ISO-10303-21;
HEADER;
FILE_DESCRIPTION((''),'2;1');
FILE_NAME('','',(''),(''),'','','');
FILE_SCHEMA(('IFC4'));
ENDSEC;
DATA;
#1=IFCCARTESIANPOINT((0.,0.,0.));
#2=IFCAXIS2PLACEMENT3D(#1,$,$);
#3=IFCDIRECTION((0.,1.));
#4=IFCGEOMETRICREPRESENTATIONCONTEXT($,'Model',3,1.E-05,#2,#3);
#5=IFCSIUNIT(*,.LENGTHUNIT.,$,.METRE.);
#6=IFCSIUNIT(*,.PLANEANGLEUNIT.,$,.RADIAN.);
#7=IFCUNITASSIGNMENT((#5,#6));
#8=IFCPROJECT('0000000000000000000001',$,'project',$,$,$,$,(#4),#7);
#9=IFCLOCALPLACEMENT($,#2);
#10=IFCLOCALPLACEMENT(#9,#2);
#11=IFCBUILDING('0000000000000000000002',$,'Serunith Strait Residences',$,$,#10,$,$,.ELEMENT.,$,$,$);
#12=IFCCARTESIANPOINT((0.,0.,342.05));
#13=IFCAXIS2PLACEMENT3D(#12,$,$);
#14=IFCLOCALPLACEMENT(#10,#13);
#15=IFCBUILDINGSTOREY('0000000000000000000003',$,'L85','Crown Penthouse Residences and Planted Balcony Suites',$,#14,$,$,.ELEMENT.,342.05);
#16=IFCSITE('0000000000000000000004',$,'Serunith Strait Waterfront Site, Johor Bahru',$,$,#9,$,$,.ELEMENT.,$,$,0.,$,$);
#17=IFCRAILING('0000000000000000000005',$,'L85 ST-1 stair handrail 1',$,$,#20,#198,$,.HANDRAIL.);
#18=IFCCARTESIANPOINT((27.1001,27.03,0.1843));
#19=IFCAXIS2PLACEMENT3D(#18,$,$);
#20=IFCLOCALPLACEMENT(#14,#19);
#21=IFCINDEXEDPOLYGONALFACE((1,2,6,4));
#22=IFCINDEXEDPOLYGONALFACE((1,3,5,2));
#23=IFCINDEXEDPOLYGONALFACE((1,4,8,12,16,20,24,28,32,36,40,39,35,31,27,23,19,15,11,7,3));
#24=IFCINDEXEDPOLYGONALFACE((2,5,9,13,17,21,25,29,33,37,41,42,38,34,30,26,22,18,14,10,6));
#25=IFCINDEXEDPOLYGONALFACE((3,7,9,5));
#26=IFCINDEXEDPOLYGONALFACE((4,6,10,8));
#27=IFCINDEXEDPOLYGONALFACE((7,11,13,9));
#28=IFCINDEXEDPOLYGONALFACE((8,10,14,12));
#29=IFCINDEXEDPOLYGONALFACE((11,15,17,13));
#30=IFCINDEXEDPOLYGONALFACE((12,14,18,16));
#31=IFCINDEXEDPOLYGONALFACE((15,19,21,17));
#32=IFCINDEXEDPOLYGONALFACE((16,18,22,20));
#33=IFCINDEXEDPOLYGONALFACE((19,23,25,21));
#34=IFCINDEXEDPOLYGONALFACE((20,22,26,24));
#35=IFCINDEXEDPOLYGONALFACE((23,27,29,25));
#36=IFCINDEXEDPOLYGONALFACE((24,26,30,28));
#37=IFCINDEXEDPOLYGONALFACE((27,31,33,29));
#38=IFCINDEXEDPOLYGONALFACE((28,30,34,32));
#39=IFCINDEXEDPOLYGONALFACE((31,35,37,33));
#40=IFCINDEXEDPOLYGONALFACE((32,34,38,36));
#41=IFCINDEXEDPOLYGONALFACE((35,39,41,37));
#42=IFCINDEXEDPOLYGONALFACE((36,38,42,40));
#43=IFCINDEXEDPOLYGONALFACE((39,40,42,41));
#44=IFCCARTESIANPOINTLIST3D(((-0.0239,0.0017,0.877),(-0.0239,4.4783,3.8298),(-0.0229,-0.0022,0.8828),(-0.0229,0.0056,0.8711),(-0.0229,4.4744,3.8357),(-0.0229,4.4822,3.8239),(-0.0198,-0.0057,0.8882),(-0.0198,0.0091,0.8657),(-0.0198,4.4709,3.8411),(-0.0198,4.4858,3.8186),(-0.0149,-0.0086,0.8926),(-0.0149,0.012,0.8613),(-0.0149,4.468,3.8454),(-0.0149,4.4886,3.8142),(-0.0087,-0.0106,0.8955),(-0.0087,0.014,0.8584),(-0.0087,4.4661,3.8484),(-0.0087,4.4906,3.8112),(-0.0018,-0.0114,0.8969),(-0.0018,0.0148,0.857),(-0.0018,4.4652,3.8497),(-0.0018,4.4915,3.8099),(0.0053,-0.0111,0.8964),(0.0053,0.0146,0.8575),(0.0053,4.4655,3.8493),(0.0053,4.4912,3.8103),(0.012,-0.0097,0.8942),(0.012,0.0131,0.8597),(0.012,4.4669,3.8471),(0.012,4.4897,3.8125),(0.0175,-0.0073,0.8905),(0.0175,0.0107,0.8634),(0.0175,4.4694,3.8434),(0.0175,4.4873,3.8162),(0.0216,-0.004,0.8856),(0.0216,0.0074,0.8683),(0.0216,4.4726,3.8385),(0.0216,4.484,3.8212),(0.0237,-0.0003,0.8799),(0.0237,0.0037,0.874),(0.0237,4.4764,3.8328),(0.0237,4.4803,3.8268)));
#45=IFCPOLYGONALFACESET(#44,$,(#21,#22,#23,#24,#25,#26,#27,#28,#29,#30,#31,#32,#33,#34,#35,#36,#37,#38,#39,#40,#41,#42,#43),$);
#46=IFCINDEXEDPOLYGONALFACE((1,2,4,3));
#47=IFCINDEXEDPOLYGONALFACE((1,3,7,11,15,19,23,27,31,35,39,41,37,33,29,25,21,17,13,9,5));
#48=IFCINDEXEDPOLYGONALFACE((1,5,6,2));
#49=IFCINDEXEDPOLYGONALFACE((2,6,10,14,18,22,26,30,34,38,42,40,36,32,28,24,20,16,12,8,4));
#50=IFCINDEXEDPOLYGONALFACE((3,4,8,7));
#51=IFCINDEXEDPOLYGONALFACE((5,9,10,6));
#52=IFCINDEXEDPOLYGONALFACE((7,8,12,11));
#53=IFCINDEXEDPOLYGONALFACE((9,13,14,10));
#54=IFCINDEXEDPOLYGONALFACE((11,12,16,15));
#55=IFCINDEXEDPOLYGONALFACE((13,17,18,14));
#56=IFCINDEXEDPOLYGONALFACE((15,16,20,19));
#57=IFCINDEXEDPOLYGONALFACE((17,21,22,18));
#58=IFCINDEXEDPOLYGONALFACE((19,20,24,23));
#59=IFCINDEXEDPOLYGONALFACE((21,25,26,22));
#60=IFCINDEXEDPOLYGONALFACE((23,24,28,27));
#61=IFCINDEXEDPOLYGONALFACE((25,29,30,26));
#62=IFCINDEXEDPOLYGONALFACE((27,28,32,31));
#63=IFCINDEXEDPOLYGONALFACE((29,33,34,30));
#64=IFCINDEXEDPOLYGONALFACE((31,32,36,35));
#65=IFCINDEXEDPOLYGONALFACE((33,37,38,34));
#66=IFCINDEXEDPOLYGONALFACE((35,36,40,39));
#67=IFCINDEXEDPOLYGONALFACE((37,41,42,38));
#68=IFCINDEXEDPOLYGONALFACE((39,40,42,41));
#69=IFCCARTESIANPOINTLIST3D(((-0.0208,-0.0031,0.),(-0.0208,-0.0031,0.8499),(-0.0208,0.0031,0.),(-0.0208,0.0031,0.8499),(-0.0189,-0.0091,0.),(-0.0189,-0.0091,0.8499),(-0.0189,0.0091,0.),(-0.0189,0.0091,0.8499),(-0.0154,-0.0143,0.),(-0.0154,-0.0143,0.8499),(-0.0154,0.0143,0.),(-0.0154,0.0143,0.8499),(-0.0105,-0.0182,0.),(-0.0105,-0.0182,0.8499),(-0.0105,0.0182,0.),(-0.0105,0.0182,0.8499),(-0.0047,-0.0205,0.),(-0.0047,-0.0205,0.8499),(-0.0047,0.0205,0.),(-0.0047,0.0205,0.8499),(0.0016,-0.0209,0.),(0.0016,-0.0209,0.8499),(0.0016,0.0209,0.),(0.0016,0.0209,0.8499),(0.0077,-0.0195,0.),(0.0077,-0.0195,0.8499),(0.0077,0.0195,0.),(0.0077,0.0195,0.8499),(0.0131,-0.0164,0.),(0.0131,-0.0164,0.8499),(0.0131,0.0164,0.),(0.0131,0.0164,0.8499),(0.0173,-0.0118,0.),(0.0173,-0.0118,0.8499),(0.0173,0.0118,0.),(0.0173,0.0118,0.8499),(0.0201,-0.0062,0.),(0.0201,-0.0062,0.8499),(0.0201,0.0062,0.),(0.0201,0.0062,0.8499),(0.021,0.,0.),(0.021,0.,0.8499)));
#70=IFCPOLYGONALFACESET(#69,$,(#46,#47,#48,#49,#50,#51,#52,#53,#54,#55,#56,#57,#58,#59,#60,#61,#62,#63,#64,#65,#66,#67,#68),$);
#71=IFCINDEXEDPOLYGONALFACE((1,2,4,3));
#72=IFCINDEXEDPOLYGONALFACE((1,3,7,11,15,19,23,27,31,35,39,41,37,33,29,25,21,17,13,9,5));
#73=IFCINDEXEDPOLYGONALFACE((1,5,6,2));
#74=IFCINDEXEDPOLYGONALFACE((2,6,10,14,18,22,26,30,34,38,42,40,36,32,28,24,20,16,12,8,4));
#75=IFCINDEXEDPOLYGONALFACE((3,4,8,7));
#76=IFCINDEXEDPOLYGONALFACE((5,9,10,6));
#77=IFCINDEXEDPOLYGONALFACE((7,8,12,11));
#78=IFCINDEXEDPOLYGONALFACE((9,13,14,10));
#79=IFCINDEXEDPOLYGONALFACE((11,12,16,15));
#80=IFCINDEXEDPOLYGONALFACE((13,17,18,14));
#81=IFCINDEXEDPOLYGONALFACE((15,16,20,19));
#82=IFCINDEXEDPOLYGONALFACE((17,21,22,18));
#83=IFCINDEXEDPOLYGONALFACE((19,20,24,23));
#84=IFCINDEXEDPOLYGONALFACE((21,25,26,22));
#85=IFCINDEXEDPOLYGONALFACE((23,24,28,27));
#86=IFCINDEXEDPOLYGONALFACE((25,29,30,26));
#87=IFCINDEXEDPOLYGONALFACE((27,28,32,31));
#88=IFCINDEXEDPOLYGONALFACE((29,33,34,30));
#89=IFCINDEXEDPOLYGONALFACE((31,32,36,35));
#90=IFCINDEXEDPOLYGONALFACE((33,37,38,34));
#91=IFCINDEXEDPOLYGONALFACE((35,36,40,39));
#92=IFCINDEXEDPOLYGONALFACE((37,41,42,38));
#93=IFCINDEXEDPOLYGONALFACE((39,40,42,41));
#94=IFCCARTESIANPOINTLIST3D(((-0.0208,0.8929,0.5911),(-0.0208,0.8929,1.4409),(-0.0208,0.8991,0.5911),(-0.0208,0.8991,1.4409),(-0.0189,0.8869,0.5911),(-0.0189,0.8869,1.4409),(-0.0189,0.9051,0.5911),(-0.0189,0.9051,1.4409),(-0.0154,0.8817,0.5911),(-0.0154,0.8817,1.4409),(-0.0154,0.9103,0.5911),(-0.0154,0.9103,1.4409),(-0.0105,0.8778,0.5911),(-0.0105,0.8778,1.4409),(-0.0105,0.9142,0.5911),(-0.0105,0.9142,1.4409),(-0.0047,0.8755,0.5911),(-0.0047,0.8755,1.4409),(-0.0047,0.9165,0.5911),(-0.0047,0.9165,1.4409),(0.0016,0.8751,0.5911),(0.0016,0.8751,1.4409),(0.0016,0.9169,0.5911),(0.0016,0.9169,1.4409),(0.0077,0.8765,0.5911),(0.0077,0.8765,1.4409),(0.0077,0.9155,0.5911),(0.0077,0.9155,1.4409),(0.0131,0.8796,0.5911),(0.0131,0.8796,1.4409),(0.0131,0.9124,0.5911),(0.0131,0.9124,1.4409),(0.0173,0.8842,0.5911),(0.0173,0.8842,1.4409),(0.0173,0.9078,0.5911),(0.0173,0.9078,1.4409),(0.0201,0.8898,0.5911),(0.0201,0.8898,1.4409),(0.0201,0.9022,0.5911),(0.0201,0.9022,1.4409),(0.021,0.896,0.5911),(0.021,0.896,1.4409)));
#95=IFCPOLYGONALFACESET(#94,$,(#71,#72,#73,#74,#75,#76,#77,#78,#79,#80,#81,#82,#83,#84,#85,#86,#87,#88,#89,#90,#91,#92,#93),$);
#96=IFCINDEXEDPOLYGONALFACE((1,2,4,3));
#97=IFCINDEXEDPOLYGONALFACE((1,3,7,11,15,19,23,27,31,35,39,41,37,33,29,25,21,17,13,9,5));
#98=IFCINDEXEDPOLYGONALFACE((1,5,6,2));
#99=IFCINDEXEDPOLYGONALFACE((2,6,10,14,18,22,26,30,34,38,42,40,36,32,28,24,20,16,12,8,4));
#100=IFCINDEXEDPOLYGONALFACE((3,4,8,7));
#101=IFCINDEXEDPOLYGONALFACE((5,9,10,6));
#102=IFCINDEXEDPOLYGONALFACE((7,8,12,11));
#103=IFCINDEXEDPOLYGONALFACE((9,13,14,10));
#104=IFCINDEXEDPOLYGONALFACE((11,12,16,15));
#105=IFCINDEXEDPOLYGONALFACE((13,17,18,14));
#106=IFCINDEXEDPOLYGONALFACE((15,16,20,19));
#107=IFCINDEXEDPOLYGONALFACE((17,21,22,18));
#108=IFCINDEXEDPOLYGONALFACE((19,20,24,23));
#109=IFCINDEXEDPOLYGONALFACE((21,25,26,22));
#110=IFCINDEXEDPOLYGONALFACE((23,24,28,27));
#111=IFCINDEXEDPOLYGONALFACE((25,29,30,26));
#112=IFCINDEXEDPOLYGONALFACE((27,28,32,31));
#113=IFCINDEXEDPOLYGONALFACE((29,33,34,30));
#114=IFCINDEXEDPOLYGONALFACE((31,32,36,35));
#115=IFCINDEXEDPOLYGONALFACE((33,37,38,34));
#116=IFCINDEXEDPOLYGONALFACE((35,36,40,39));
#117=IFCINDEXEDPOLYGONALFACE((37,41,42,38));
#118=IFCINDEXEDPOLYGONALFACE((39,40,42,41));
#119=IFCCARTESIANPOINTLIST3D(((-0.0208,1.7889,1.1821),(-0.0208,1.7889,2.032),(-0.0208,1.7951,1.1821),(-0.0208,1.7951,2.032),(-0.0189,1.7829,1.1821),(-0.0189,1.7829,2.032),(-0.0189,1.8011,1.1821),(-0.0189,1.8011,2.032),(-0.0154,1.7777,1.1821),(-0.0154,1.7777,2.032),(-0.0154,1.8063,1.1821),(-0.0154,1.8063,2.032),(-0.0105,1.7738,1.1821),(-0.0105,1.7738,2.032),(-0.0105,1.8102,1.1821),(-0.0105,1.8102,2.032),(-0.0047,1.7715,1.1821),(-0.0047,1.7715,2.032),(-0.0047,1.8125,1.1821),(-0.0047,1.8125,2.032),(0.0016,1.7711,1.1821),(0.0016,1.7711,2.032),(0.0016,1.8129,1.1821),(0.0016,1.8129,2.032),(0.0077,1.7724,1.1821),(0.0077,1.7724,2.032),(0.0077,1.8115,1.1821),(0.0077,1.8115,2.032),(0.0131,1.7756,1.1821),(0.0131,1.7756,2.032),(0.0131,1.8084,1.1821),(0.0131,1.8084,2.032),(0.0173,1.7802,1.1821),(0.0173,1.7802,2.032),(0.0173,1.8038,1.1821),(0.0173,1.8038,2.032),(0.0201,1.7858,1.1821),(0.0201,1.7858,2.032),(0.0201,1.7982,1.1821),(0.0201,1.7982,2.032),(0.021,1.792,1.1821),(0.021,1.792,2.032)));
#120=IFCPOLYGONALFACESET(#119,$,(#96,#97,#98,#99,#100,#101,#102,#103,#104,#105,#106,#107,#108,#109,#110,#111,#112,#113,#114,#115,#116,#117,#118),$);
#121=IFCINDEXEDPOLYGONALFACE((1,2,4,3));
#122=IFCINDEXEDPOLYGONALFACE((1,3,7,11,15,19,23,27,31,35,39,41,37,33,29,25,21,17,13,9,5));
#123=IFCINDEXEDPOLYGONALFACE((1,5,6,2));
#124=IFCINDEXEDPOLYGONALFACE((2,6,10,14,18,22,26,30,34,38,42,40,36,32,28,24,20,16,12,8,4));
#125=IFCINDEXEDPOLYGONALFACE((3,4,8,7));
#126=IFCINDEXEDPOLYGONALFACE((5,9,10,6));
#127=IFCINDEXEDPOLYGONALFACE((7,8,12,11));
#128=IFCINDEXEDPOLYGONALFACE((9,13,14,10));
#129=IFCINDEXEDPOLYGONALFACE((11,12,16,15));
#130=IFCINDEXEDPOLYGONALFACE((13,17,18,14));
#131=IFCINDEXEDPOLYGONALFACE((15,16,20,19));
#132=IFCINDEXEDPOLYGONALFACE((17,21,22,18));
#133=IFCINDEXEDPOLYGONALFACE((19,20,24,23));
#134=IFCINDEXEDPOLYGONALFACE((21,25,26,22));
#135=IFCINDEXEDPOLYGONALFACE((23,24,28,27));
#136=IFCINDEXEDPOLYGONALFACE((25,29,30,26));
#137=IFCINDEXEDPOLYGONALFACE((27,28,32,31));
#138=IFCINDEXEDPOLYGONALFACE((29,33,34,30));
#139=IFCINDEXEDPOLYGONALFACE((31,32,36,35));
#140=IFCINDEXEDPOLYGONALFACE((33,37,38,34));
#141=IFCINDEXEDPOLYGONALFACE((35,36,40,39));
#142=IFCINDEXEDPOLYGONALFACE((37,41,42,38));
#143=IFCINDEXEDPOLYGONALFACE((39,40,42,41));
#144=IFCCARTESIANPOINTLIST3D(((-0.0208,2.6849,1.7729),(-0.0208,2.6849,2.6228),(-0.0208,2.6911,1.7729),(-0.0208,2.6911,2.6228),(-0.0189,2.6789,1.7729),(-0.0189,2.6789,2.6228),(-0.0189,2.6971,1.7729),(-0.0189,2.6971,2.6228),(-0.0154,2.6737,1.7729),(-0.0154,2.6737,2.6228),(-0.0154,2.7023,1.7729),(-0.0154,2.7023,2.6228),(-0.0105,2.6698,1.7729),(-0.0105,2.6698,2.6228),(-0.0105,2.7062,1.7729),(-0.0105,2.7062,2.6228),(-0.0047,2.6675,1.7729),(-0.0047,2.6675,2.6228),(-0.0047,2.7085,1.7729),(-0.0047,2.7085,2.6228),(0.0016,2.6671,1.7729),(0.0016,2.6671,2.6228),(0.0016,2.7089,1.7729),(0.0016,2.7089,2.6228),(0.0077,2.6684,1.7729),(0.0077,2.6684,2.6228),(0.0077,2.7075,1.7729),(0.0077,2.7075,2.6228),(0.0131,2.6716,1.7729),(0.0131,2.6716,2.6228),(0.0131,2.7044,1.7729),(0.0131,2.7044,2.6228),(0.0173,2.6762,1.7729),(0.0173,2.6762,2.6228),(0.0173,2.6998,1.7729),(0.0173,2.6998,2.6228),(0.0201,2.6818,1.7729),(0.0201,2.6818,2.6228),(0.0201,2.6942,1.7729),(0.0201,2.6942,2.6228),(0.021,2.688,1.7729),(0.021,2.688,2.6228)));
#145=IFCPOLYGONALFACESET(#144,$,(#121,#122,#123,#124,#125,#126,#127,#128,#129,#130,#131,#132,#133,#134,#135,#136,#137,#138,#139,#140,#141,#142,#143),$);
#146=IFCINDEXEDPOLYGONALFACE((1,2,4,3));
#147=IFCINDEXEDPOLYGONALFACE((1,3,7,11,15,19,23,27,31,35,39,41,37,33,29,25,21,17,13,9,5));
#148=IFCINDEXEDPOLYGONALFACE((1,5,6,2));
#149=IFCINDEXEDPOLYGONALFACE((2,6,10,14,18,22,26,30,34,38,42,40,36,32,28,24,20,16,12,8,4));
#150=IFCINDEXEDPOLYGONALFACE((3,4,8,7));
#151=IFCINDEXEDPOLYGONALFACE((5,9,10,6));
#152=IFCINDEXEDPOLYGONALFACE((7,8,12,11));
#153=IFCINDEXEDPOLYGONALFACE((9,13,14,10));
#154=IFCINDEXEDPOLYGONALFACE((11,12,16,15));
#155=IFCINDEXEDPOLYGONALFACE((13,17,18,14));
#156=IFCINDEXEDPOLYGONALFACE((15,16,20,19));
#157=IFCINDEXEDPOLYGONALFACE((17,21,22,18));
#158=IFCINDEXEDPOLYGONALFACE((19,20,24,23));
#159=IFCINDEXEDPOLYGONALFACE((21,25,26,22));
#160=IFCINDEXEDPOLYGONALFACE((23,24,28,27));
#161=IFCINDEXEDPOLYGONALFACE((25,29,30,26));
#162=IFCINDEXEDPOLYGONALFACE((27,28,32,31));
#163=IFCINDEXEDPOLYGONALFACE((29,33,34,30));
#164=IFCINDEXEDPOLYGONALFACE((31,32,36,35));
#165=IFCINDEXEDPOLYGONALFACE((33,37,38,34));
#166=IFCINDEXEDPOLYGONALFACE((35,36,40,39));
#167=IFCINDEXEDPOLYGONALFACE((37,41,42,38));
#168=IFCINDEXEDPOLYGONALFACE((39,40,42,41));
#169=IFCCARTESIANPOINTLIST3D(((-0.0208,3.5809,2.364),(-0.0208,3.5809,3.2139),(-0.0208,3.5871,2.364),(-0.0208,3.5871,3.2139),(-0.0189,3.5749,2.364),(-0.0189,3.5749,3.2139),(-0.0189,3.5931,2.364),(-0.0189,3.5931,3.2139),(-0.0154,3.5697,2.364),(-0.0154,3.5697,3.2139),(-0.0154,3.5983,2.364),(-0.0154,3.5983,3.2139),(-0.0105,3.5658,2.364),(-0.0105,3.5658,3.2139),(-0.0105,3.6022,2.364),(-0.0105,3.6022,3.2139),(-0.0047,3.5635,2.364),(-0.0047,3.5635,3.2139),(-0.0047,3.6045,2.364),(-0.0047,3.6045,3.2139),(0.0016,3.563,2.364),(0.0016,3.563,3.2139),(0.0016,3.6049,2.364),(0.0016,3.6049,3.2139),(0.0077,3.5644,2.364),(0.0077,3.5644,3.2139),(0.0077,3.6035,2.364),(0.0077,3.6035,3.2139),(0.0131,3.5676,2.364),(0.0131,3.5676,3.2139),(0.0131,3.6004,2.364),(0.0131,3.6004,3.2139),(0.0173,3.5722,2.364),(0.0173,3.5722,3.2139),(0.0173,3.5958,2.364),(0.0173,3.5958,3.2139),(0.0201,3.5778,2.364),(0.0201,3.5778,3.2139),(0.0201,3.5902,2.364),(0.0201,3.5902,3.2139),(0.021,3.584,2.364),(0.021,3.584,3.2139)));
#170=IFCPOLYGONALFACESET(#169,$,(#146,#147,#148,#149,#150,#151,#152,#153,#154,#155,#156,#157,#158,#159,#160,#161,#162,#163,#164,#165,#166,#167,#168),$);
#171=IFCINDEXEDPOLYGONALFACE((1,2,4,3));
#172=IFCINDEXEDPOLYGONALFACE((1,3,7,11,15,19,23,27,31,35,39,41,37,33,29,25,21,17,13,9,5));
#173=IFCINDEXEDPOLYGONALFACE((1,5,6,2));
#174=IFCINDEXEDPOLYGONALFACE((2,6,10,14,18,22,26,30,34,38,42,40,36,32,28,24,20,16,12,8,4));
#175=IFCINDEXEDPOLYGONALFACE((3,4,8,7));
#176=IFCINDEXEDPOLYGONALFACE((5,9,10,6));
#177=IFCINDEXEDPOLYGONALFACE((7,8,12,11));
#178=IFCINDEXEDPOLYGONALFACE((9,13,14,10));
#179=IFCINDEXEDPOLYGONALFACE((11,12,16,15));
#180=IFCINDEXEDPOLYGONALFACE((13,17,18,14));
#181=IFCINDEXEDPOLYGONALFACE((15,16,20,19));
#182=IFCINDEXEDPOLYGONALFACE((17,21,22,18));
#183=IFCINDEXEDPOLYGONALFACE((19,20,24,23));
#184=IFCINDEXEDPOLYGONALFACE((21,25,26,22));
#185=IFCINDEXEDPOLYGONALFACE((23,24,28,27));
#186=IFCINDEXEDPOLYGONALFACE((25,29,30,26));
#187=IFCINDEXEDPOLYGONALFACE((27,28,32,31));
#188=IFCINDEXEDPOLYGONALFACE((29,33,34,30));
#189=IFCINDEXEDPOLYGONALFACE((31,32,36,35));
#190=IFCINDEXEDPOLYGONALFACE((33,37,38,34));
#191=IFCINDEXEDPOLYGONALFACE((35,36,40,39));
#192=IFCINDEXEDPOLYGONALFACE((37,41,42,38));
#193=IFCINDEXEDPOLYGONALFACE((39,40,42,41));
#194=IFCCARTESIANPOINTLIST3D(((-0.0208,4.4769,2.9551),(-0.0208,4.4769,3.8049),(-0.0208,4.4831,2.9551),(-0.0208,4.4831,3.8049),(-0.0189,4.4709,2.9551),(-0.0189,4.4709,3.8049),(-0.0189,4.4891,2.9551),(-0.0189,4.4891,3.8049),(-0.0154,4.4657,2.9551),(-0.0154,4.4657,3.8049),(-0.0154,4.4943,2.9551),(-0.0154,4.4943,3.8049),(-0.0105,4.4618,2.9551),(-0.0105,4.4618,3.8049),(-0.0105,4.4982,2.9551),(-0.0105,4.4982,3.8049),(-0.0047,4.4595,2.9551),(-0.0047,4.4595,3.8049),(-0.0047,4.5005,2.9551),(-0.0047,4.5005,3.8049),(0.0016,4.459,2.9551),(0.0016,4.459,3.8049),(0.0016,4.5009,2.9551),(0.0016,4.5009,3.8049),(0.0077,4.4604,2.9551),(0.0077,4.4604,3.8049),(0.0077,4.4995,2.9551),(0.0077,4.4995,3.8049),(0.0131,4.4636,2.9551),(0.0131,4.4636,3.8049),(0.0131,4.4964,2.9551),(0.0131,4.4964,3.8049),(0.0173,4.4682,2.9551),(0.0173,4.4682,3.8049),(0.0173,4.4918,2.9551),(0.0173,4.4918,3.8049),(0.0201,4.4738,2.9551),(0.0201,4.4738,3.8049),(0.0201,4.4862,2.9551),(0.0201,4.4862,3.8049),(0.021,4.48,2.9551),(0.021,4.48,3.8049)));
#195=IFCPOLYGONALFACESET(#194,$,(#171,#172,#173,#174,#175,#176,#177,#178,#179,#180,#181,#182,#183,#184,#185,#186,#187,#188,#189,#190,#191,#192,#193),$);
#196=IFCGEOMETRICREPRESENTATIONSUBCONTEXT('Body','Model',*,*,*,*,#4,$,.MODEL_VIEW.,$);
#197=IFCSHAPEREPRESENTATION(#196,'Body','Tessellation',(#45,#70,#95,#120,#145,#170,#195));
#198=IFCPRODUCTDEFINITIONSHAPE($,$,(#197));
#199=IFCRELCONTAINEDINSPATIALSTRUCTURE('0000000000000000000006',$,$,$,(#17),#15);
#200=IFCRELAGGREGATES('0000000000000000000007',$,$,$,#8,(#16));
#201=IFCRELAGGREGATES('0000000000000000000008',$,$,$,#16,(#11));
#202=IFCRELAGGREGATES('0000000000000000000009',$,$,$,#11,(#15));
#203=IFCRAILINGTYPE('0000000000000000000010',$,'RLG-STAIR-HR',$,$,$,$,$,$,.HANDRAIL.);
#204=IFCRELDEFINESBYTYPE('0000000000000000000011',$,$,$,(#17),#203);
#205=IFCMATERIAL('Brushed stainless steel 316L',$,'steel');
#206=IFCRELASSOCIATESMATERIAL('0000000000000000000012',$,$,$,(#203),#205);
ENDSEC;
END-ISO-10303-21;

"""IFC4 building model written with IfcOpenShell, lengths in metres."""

from ifc_helpers import new_model, si_unit, direction, frame, origin, origin_2d, place, context, subcontext, project, spatial, circle, extrude, material, type_object, element, save


model = new_model("IFC4")

# Units and contexts
model_context = context("Model", 3, precision=1e-05, world=origin(), true_north=direction((0.0, 1.0)))
body_context = subcontext(model_context, "Body", "Model", "MODEL_VIEW")
ifc_project = project(units=[si_unit("LENGTHUNIT", "METRE"), si_unit("PLANEANGLEUNIT", "RADIAN")], contexts=[model_context])

# Site, building, storey
site_placement = place(None, origin())
site = spatial("IfcSite", under=ifc_project, at=site_placement, Name="Serunith Strait Waterfront Site, Johor Bahru", CompositionType="ELEMENT", RefElevation=0.0)
building_placement = place(site_placement, origin())
building = spatial("IfcBuilding", under=site, at=building_placement, Name="Serunith Strait Residences", CompositionType="ELEMENT")
storey_placement = place(building_placement, frame((0.0, 0.0, 342.05)))
storey = spatial("IfcBuildingStorey", under=building, at=storey_placement, Name="L85", Description="Crown Penthouse Residences and Planted Balcony Suites", CompositionType="ELEMENT", Elevation=342.05)

# Railing
ifc_material_1 = material(Name="Brushed stainless steel 316L", Category="steel")
railing_type_1 = type_object("IfcRailingType", Name="RLG-STAIR-HR", PredefinedType="HANDRAIL", material=ifc_material_1)
railing_1_placement = place(storey_placement, frame((27.1001, 27.03, 0.1843)))
element("IfcRailing", 1, at=railing_1_placement, inside=storey, type_object=railing_type_1, Name="L85 ST-1 stair handrail 1", PredefinedType="HANDRAIL", context=body_context, shape_type="SweptSolid", body=[
    extrude(circle(Radius=0.0239, at=origin_2d()), frame((0.0, 0.0017, 0.877), z_axis=(0.0, 0.834756, 0.55062), x_axis=(-1.0, 0.0, 0.0)), (0.0, 0.0, 1.0), 5.3628),
    extrude(circle(Radius=0.021, at=origin_2d()), origin(), (0.0, 0.0, 1.0), 0.8499),
    extrude(circle(Radius=0.021, at=origin_2d()), frame((0.0, 0.896, 0.5911)), (0.0, 0.0, 1.0), 0.8499),
    extrude(circle(Radius=0.021, at=origin_2d()), frame((0.0, 1.792, 1.1821)), (0.0, 0.0, 1.0), 0.8499),
    extrude(circle(Radius=0.021, at=origin_2d()), frame((0.0, 2.688, 1.7729)), (0.0, 0.0, 1.0), 0.8499),
    extrude(circle(Radius=0.021, at=origin_2d()), frame((0.0, 3.584, 2.364)), (0.0, 0.0, 1.0), 0.8499),
    extrude(circle(Radius=0.021, at=origin_2d()), frame((0.0, 4.48, 2.9551)), (0.0, 0.0, 1.0), 0.8499),
])

save(model, "model.ifc")
